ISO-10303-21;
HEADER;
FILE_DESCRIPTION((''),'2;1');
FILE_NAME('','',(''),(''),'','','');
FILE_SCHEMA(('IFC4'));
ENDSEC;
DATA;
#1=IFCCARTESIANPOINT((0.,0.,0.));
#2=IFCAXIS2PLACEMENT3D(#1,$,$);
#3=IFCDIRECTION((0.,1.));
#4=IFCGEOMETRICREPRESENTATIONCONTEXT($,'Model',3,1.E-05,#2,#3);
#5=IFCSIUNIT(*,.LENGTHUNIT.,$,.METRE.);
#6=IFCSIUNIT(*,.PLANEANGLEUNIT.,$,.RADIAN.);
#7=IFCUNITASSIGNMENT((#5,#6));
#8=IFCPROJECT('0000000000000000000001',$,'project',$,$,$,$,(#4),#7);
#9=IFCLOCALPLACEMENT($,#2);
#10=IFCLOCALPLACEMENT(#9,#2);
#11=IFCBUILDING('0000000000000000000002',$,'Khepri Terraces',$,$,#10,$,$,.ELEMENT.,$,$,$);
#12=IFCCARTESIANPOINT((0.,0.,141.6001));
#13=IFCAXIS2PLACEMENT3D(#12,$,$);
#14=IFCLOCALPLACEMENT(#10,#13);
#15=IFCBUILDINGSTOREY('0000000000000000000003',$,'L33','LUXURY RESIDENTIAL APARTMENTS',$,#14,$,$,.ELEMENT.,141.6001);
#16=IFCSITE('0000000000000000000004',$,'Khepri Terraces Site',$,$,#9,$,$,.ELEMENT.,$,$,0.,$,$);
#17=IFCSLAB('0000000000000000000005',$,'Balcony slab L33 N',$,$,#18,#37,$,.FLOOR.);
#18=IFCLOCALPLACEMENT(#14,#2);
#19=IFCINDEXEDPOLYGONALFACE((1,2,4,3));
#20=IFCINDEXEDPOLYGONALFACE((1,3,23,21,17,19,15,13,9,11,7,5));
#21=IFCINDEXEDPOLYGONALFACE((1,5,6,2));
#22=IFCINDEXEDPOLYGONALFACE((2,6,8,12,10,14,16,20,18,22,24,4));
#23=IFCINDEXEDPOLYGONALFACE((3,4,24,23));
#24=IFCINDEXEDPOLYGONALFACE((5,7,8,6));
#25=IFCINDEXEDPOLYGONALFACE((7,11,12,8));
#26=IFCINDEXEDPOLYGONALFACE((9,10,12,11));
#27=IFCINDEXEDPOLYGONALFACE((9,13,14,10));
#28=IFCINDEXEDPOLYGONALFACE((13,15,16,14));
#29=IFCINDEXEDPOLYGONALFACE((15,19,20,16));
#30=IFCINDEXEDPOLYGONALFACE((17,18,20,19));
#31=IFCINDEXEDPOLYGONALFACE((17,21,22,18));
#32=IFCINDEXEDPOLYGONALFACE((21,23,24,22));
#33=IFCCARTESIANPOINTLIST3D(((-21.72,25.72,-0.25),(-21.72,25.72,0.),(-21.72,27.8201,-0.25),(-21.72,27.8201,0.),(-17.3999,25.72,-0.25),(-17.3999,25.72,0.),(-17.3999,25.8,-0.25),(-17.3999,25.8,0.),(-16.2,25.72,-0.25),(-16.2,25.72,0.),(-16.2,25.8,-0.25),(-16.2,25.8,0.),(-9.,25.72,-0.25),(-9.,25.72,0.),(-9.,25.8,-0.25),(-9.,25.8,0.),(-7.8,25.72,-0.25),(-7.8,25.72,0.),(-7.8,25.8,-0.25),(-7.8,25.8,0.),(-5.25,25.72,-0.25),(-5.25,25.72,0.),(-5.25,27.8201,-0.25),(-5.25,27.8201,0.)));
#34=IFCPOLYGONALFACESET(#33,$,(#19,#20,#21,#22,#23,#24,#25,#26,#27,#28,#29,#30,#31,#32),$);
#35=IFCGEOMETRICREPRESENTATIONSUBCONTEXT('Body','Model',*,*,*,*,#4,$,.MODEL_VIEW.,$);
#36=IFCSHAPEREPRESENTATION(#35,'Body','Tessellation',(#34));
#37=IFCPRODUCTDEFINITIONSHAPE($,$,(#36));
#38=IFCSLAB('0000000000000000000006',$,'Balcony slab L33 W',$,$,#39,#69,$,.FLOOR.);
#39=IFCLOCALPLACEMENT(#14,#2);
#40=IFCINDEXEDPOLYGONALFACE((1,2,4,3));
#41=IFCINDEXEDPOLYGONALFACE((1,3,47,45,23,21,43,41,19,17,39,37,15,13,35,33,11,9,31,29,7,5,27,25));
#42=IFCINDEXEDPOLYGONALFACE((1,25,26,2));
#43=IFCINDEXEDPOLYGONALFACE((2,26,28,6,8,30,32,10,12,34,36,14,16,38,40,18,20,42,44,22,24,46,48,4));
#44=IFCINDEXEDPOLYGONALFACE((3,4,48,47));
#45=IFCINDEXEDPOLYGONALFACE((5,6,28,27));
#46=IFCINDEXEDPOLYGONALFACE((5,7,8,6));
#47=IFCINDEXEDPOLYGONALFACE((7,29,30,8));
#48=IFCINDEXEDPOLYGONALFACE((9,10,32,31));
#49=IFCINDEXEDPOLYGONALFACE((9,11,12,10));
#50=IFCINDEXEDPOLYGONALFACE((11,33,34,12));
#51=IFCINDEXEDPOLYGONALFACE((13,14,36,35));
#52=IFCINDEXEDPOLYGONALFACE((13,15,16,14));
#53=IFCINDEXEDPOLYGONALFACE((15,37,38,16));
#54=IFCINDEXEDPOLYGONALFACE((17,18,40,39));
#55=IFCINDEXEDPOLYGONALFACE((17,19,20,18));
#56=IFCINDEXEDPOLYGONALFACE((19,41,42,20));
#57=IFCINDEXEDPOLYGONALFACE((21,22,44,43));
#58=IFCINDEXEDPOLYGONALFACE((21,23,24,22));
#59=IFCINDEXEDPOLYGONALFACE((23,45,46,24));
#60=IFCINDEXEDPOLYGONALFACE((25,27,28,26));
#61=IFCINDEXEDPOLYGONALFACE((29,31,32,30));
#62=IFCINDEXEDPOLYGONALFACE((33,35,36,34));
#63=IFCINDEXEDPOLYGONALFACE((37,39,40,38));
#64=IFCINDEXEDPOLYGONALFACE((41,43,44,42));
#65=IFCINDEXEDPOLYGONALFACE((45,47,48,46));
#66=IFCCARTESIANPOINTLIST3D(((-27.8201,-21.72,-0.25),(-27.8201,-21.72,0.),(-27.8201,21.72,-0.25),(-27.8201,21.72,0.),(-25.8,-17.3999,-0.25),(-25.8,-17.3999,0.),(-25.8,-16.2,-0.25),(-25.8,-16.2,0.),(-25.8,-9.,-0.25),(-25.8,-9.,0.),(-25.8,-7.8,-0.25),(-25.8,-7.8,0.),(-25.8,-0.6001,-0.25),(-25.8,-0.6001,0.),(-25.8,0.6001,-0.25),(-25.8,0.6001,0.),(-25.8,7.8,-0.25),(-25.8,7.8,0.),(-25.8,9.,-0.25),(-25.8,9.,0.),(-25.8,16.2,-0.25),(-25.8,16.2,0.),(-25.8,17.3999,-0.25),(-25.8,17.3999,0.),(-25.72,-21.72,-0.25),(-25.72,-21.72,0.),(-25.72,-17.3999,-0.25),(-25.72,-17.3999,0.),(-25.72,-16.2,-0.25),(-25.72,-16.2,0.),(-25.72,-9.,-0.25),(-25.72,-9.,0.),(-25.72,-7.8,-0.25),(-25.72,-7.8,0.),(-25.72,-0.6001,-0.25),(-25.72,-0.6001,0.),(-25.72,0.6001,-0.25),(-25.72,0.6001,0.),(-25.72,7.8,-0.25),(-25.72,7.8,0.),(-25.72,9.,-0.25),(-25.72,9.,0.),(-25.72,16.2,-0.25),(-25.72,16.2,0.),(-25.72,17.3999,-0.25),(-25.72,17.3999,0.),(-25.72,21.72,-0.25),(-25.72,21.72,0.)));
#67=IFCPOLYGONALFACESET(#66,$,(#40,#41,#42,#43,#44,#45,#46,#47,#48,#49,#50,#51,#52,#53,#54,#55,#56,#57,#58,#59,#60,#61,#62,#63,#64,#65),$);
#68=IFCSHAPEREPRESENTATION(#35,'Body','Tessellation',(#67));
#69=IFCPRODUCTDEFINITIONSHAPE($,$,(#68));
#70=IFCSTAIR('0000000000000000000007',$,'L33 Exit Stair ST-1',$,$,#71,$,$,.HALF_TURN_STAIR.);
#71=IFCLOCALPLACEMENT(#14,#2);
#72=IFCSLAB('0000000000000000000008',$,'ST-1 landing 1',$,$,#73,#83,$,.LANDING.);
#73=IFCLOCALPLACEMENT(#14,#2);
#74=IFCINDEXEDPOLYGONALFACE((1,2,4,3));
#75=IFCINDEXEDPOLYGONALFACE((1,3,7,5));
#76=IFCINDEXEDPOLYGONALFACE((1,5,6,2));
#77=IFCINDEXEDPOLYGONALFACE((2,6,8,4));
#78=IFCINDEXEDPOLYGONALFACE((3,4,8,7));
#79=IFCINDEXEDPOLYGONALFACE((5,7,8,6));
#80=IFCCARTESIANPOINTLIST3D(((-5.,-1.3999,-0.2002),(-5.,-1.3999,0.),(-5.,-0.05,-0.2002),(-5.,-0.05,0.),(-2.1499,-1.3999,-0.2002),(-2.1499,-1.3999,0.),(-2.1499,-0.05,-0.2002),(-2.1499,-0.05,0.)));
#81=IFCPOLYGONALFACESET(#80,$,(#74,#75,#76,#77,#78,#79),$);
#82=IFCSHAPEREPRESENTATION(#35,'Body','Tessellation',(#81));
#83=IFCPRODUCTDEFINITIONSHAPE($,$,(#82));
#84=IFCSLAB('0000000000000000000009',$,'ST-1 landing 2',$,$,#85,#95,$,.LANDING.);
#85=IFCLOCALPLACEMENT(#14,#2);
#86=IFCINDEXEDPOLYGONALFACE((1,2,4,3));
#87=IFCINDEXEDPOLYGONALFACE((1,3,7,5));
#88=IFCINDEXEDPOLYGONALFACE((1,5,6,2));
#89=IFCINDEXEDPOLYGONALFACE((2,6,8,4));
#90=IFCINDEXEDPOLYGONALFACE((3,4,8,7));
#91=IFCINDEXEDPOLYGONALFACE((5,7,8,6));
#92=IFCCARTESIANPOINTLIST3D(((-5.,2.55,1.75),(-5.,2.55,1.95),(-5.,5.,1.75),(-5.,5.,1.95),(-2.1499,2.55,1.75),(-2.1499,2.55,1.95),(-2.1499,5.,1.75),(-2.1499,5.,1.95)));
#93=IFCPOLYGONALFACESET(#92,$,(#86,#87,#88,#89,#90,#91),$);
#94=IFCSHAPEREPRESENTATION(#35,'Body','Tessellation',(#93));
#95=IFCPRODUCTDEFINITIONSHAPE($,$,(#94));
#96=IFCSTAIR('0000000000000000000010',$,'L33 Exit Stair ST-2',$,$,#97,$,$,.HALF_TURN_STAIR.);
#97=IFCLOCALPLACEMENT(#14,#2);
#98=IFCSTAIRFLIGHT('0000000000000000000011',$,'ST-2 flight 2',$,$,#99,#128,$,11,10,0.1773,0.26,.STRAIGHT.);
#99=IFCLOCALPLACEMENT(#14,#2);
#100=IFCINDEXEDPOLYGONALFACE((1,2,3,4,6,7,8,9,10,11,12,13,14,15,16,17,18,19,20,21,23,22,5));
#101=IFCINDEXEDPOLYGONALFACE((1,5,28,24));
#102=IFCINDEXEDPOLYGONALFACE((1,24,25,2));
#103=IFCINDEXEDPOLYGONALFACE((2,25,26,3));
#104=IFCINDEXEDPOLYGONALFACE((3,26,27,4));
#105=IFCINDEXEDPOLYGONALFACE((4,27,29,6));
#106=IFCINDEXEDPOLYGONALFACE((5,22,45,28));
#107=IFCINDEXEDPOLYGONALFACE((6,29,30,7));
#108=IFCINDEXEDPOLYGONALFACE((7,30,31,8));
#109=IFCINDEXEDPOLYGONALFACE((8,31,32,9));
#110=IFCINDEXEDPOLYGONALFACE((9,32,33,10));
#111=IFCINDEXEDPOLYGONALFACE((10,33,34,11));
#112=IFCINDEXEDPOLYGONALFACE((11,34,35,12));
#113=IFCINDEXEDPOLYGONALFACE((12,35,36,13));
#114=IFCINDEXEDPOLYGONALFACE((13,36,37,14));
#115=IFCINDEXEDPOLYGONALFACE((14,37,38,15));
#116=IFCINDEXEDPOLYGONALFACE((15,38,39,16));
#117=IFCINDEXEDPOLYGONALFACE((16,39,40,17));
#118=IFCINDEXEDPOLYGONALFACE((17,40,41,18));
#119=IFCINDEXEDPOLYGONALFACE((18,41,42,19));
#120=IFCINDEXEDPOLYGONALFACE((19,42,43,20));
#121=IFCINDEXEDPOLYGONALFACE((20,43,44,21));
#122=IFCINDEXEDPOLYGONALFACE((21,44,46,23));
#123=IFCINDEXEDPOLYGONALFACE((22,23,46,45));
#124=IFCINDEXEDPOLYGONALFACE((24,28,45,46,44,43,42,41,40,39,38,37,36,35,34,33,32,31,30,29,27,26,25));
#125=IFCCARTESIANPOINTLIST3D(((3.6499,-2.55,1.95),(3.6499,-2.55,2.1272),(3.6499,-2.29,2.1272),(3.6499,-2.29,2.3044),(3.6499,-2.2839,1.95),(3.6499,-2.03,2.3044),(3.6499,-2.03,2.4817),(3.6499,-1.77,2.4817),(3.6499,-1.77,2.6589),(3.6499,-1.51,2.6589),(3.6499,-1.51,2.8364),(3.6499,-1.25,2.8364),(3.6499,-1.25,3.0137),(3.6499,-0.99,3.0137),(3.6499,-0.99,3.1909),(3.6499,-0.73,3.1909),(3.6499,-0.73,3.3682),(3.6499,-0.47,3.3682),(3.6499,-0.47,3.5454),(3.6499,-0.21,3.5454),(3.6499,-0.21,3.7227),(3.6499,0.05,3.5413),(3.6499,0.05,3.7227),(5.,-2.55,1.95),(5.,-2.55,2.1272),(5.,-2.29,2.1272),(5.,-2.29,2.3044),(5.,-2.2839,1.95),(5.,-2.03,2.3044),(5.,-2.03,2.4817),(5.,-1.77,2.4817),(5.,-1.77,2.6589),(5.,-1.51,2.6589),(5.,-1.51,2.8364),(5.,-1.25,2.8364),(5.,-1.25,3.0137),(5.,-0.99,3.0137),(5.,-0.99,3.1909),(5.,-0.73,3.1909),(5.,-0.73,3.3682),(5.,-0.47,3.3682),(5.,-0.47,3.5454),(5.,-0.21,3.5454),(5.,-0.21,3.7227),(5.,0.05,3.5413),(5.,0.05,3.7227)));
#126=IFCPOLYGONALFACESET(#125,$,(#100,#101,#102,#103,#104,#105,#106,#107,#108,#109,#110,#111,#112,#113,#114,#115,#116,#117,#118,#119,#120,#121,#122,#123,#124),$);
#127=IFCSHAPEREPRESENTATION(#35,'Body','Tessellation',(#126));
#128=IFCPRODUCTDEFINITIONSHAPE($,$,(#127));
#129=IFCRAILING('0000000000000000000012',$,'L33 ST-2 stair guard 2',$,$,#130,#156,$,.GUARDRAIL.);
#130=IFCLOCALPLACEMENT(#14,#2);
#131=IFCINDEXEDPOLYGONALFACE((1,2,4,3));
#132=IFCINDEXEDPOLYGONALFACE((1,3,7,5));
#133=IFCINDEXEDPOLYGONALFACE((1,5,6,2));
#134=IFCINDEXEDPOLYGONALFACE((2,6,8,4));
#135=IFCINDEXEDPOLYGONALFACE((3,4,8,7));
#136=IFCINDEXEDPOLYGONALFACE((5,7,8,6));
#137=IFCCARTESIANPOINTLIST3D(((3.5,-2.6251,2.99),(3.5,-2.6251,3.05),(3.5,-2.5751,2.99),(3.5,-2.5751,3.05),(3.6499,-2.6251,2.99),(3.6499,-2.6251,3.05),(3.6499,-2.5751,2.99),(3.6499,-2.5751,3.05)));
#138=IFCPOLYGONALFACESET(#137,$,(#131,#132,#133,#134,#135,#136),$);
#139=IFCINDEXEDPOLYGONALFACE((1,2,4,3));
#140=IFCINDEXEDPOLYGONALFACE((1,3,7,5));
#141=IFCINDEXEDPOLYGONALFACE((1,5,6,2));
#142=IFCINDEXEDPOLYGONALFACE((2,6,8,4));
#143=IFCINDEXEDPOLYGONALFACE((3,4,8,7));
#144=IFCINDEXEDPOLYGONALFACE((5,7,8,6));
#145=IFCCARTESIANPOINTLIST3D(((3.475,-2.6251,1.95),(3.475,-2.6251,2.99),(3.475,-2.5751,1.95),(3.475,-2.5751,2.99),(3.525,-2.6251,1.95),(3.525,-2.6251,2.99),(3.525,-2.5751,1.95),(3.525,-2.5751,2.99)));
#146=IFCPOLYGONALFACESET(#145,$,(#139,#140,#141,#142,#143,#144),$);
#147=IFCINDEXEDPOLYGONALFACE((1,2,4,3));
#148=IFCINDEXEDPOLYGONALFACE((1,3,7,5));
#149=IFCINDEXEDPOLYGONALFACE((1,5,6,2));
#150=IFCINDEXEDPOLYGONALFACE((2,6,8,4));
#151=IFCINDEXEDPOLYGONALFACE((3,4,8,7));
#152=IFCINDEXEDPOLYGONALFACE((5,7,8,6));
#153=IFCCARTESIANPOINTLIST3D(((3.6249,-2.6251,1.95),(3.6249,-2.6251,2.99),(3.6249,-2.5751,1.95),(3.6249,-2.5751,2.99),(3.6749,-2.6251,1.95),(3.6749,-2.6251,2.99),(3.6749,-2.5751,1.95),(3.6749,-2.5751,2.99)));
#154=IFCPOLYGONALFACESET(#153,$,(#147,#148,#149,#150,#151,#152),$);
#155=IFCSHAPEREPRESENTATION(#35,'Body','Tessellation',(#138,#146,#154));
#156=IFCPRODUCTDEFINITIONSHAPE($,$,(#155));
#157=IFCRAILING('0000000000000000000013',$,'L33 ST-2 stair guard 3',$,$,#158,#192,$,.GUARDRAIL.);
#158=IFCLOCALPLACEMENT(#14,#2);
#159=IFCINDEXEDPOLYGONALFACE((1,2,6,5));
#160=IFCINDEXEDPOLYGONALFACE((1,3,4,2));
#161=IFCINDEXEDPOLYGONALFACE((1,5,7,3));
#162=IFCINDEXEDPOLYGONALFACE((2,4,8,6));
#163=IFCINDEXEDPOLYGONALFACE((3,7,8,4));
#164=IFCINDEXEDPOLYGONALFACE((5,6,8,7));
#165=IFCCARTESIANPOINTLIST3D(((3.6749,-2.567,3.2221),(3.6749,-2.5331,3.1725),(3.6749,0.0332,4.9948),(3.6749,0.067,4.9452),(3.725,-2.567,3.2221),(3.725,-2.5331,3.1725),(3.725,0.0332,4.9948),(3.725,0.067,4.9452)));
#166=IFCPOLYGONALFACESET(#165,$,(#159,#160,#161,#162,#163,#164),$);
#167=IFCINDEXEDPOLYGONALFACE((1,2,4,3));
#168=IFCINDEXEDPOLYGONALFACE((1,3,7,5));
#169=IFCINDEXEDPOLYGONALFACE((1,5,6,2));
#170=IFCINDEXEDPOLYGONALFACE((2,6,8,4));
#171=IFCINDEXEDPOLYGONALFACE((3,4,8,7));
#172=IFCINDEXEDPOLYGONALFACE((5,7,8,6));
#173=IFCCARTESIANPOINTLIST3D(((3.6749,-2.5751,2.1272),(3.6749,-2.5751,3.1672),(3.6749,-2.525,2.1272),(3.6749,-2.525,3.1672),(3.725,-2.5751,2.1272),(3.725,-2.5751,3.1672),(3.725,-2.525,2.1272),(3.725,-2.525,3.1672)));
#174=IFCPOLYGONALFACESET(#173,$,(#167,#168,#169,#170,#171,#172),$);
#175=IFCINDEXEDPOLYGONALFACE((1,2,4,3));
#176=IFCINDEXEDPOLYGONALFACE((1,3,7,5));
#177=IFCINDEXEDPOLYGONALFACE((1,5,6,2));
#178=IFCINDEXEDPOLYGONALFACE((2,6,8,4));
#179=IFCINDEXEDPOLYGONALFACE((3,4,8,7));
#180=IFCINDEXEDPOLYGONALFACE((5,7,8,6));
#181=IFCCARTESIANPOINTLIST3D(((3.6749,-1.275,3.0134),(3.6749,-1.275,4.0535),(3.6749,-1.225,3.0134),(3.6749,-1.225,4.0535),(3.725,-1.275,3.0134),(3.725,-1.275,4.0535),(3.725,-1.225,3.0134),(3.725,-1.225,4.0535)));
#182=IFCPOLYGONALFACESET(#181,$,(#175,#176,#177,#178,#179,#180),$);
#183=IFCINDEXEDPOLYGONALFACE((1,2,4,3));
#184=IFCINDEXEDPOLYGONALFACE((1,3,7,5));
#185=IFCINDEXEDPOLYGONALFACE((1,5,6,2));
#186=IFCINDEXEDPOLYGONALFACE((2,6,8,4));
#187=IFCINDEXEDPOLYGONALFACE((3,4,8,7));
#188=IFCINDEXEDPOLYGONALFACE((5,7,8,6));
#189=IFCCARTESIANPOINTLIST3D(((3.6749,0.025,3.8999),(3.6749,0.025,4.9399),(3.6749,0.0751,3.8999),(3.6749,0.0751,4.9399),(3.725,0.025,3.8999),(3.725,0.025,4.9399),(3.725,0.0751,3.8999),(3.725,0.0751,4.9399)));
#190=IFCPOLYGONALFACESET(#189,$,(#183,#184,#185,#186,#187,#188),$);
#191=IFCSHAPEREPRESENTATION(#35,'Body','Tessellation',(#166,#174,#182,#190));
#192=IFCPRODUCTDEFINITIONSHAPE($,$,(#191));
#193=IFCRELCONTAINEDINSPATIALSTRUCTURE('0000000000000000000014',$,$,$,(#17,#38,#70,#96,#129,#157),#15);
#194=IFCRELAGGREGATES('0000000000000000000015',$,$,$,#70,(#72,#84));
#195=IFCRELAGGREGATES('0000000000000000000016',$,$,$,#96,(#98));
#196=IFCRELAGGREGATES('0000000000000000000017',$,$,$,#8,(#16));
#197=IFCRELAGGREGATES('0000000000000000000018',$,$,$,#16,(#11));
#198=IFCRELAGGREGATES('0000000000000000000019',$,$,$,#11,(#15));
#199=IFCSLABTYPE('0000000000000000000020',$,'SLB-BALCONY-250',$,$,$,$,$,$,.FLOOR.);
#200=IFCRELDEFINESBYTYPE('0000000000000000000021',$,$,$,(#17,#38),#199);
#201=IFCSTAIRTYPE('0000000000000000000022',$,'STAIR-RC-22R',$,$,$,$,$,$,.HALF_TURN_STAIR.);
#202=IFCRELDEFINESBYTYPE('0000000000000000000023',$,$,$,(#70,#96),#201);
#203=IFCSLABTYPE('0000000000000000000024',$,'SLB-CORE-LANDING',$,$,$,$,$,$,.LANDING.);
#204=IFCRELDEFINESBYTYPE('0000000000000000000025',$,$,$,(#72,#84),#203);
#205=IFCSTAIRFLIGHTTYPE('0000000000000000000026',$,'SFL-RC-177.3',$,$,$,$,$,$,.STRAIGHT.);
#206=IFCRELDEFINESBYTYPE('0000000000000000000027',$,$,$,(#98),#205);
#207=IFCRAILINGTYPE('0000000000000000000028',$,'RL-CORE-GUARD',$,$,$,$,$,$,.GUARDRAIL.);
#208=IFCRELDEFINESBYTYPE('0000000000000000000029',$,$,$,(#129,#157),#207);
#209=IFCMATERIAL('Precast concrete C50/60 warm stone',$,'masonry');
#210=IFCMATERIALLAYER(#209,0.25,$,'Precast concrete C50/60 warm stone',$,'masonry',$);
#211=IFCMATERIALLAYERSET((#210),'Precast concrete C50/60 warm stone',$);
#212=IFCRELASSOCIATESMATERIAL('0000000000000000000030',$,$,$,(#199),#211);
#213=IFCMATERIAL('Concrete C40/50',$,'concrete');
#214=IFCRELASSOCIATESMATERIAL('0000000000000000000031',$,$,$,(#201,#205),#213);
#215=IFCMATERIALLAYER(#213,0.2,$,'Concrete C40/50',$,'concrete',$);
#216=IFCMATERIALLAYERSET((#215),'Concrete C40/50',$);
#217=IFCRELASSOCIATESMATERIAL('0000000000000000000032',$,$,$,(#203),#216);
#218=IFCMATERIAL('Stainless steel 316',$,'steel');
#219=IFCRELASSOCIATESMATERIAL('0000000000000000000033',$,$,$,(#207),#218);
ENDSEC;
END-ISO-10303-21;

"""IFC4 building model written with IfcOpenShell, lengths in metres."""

from ifc_helpers import new_model, si_unit, direction, frame, origin, origin_2d, place, context, subcontext, project, spatial, polyline, rectangle, outline, extrude, material, layer, layer_set, type_object, element, aggregate, save


model = new_model("IFC4")

# Units and contexts
model_context = context("Model", 3, precision=1e-05, world=origin(), true_north=direction((0.0, 1.0)))
body_context = subcontext(model_context, "Body", "Model", "MODEL_VIEW")
ifc_project = project(units=[si_unit("LENGTHUNIT", "METRE"), si_unit("PLANEANGLEUNIT", "RADIAN")], contexts=[model_context])

# Site, building, storey
site_placement = place(None, origin())
site = spatial("IfcSite", under=ifc_project, at=site_placement, Name="Khepri Terraces Site", CompositionType="ELEMENT", RefElevation=0.0)
building_placement = place(site_placement, origin())
building = spatial("IfcBuilding", under=site, at=building_placement, Name="Khepri Terraces", CompositionType="ELEMENT")
storey_placement = place(building_placement, frame((0.0, 0.0, 141.6001)))
storey = spatial("IfcBuildingStorey", under=building, at=storey_placement, Name="L33", Description="LUXURY RESIDENTIAL APARTMENTS", CompositionType="ELEMENT", Elevation=141.6001)

# Slabs
ifc_material_1 = material(Name="Concrete C40/50", Category="concrete")
ifc_material_2 = material(Name="Precast concrete C50/60 warm stone", Category="masonry")
ifc_layer_1 = layer(ifc_material_2, 0.25, Name="Precast concrete C50/60 warm stone", Category="masonry")
ifc_layer_set_1 = layer_set([ifc_layer_1], Name="Precast concrete C50/60 warm stone")
slab_type_1 = type_object("IfcSlabType", Name="SLB-BALCONY-250", PredefinedType="FLOOR", material=ifc_layer_set_1)
slab_1_placement = place(storey_placement, frame((0.0, 0.0, -0.25)))
element("IfcSlab", 1, at=slab_1_placement, inside=storey, type_object=slab_type_1, Name="Balcony slab L33 N", PredefinedType="FLOOR", context=body_context, shape_type="SweptSolid", body=[
    extrude(outline(polyline([(-7.8, 25.72), (-5.25, 25.72), (-5.25, 27.8201), (-21.72, 27.8201), (-21.72, 25.72), (-17.3999, 25.72), (-17.3999, 25.8), (-16.2, 25.8), (-16.2, 25.72), (-9.0, 25.72), (-9.0, 25.8), (-7.8, 25.8), (-7.8, 25.72)])), origin(), (0.0, 0.0, 1.0), 0.25),
])
slab_2_placement = place(storey_placement, frame((0.0, 0.0, -0.25)))
element("IfcSlab", 2, at=slab_2_placement, inside=storey, type_object=slab_type_1, Name="Balcony slab L33 W", PredefinedType="FLOOR", context=body_context, shape_type="SweptSolid", body=[
    extrude(outline(polyline([(-25.72, 17.3999), (-25.72, 21.72), (-27.8201, 21.72), (-27.8201, -21.72), (-25.72, -21.72), (-25.72, -17.3999), (-25.8, -17.3999), (-25.8, -16.2), (-25.72, -16.2), (-25.72, -9.0), (-25.8, -9.0), (-25.8, -7.8), (-25.72, -7.8), (-25.72, -0.6001), (-25.8, -0.6001), (-25.8, 0.6001), (-25.72, 0.6001), (-25.72, 7.8), (-25.8, 7.8), (-25.8, 9.0), (-25.72, 9.0), (-25.72, 16.2), (-25.8, 16.2), (-25.8, 17.3999), (-25.72, 17.3999)])), origin(), (0.0, 0.0, 1.0), 0.25),
])

# Stair, slabs
stair_type = type_object("IfcStairType", Name="STAIR-RC-22R", PredefinedType="HALF_TURN_STAIR", material=ifc_material_1)
stair_1_placement = place(storey_placement, origin())
stair_1 = element("IfcStair", 3, at=stair_1_placement, inside=storey, type_object=stair_type, Name="L33 Exit Stair ST-1", PredefinedType="HALF_TURN_STAIR")
ifc_layer_2 = layer(ifc_material_1, 0.2, Name="Concrete C40/50", Category="concrete")
ifc_layer_set_2 = layer_set([ifc_layer_2], Name="Concrete C40/50")
slab_type_2 = type_object("IfcSlabType", Name="SLB-CORE-LANDING", PredefinedType="LANDING", material=ifc_layer_set_2)
slab_3_placement = place(storey_placement, frame((0.0, 0.0, -0.2002)))
slab_3 = element("IfcSlab", 4, at=slab_3_placement, type_object=slab_type_2, Name="ST-1 landing 1", PredefinedType="LANDING", context=body_context, shape_type="SweptSolid", body=[
    extrude(outline(polyline([(-2.1499, -1.3999), (-2.1499, -0.05), (-5.0, -0.05), (-5.0, -1.3999), (-2.1499, -1.3999)])), origin(), (0.0, 0.0, 1.0), 0.2002),
])
slab_4_placement = place(storey_placement, frame((0.0, 0.0, 1.75)))
slab_4 = element("IfcSlab", 5, at=slab_4_placement, type_object=slab_type_2, Name="ST-1 landing 2", PredefinedType="LANDING", context=body_context, shape_type="SweptSolid", body=[
    extrude(outline(polyline([(-2.1499, 2.55), (-2.1499, 5.0), (-5.0, 5.0), (-5.0, 2.55), (-2.1499, 2.55)])), origin(), (0.0, 0.0, 1.0), 0.2),
])
aggregate(stair_1, [slab_3, slab_4])

# Stair, stair flight
stair_2_placement = place(storey_placement, origin())
stair_2 = element("IfcStair", 6, at=stair_2_placement, inside=storey, type_object=stair_type, Name="L33 Exit Stair ST-2", PredefinedType="HALF_TURN_STAIR")
stair_flight_type = type_object("IfcStairFlightType", Name="SFL-RC-177.3", PredefinedType="STRAIGHT", material=ifc_material_1)
stair_flight_placement = place(storey_placement, frame((4.325, -2.55, 1.95), z_axis=(0.0, 0.0, 1.0), x_axis=(0.0, 1.0, 0.0)))
stair_flight = element("IfcStairFlight", 7, at=stair_flight_placement, type_object=stair_flight_type, Name="ST-2 flight 2", NumberOfRisers=11, NumberOfTreads=10, PredefinedType="STRAIGHT", RiserHeight=0.1773, TreadLength=0.26, context=body_context, shape_type="SweptSolid", body=[
    extrude(outline(polyline([(0.0, 0.0), (0.0, 0.1772), (0.26, 0.1772), (0.26, 0.3545), (0.52, 0.3545), (0.52, 0.5317), (0.78, 0.5317), (0.78, 0.709), (1.04, 0.709), (1.04, 0.8865), (1.3, 0.8865), (1.3, 1.0637), (1.5601, 1.0637), (1.5601, 1.241), (1.8201, 1.241), (1.8201, 1.4182), (2.0801, 1.4182), (2.0801, 1.5955), (2.3401, 1.5955), (2.3401, 1.7727), (2.6001, 1.7727), (2.6001, 1.95), (2.6001, 1.5913), (0.2661, 0.0), (0.0, 0.0)])), frame((0.0, 0.675, 0.0), z_axis=(0.0, -1.0, 0.0), x_axis=(1.0, 0.0, 0.0)), (0.0, 0.0, 1.0), 1.3501),
])
aggregate(stair_2, [stair_flight])

# Railings
ifc_material_3 = material(Name="Stainless steel 316", Category="steel")
railing_type_1 = type_object("IfcRailingType", Name="RL-CORE-GUARD", PredefinedType="GUARDRAIL", material=ifc_material_3)
railing_1_placement = place(storey_placement, frame((3.5, -2.6001, 1.95)))
element("IfcRailing", 8, at=railing_1_placement, inside=storey, type_object=railing_type_1, Name="L33 ST-2 stair guard 2", PredefinedType="GUARDRAIL", context=body_context, shape_type="SweptSolid", body=[
    extrude(rectangle(XDim=0.05, YDim=0.0601, at=origin_2d()), frame((0.0, 0.0, 1.0701), z_axis=(1.0, 0.0, 0.0), x_axis=(0.0, 1.0, 0.0)), (0.0, 0.0, 1.0), 0.1499),
    extrude(rectangle(XDim=0.05, YDim=0.05, at=origin_2d()), origin(), (0.0, 0.0, 1.0), 1.04),
    extrude(rectangle(XDim=0.05, YDim=0.05, at=origin_2d()), frame((0.1499, 0.0, 0.0)), (0.0, 0.0, 1.0), 1.04),
])
railing_2_placement = place(storey_placement, frame((3.7, -2.55, 2.1272)))
element("IfcRailing", 9, at=railing_2_placement, inside=storey, type_object=railing_type_1, Name="L33 ST-2 stair guard 3", PredefinedType="GUARDRAIL", context=body_context, shape_type="SweptSolid", body=[
    extrude(rectangle(XDim=0.05, YDim=0.0601, at=origin_2d()), frame((0.0, 0.0, 1.0701), z_axis=(0.0, 0.82624, 0.563318), x_axis=(-1.0, 0.0, 0.0)), (0.0, 0.0, 1.0), 3.147),
    extrude(rectangle(XDim=0.05, YDim=0.05, at=origin_2d()), origin(), (0.0, 0.0, 1.0), 1.04),
    extrude(rectangle(XDim=0.05, YDim=0.05, at=origin_2d()), frame((0.0, 1.3, 0.8862)), (0.0, 0.0, 1.0), 1.04),
    extrude(rectangle(XDim=0.05, YDim=0.05, at=origin_2d()), frame((0.0, 2.6001, 1.7727)), (0.0, 0.0, 1.0), 1.04),
])

save(model, "model.ifc")
